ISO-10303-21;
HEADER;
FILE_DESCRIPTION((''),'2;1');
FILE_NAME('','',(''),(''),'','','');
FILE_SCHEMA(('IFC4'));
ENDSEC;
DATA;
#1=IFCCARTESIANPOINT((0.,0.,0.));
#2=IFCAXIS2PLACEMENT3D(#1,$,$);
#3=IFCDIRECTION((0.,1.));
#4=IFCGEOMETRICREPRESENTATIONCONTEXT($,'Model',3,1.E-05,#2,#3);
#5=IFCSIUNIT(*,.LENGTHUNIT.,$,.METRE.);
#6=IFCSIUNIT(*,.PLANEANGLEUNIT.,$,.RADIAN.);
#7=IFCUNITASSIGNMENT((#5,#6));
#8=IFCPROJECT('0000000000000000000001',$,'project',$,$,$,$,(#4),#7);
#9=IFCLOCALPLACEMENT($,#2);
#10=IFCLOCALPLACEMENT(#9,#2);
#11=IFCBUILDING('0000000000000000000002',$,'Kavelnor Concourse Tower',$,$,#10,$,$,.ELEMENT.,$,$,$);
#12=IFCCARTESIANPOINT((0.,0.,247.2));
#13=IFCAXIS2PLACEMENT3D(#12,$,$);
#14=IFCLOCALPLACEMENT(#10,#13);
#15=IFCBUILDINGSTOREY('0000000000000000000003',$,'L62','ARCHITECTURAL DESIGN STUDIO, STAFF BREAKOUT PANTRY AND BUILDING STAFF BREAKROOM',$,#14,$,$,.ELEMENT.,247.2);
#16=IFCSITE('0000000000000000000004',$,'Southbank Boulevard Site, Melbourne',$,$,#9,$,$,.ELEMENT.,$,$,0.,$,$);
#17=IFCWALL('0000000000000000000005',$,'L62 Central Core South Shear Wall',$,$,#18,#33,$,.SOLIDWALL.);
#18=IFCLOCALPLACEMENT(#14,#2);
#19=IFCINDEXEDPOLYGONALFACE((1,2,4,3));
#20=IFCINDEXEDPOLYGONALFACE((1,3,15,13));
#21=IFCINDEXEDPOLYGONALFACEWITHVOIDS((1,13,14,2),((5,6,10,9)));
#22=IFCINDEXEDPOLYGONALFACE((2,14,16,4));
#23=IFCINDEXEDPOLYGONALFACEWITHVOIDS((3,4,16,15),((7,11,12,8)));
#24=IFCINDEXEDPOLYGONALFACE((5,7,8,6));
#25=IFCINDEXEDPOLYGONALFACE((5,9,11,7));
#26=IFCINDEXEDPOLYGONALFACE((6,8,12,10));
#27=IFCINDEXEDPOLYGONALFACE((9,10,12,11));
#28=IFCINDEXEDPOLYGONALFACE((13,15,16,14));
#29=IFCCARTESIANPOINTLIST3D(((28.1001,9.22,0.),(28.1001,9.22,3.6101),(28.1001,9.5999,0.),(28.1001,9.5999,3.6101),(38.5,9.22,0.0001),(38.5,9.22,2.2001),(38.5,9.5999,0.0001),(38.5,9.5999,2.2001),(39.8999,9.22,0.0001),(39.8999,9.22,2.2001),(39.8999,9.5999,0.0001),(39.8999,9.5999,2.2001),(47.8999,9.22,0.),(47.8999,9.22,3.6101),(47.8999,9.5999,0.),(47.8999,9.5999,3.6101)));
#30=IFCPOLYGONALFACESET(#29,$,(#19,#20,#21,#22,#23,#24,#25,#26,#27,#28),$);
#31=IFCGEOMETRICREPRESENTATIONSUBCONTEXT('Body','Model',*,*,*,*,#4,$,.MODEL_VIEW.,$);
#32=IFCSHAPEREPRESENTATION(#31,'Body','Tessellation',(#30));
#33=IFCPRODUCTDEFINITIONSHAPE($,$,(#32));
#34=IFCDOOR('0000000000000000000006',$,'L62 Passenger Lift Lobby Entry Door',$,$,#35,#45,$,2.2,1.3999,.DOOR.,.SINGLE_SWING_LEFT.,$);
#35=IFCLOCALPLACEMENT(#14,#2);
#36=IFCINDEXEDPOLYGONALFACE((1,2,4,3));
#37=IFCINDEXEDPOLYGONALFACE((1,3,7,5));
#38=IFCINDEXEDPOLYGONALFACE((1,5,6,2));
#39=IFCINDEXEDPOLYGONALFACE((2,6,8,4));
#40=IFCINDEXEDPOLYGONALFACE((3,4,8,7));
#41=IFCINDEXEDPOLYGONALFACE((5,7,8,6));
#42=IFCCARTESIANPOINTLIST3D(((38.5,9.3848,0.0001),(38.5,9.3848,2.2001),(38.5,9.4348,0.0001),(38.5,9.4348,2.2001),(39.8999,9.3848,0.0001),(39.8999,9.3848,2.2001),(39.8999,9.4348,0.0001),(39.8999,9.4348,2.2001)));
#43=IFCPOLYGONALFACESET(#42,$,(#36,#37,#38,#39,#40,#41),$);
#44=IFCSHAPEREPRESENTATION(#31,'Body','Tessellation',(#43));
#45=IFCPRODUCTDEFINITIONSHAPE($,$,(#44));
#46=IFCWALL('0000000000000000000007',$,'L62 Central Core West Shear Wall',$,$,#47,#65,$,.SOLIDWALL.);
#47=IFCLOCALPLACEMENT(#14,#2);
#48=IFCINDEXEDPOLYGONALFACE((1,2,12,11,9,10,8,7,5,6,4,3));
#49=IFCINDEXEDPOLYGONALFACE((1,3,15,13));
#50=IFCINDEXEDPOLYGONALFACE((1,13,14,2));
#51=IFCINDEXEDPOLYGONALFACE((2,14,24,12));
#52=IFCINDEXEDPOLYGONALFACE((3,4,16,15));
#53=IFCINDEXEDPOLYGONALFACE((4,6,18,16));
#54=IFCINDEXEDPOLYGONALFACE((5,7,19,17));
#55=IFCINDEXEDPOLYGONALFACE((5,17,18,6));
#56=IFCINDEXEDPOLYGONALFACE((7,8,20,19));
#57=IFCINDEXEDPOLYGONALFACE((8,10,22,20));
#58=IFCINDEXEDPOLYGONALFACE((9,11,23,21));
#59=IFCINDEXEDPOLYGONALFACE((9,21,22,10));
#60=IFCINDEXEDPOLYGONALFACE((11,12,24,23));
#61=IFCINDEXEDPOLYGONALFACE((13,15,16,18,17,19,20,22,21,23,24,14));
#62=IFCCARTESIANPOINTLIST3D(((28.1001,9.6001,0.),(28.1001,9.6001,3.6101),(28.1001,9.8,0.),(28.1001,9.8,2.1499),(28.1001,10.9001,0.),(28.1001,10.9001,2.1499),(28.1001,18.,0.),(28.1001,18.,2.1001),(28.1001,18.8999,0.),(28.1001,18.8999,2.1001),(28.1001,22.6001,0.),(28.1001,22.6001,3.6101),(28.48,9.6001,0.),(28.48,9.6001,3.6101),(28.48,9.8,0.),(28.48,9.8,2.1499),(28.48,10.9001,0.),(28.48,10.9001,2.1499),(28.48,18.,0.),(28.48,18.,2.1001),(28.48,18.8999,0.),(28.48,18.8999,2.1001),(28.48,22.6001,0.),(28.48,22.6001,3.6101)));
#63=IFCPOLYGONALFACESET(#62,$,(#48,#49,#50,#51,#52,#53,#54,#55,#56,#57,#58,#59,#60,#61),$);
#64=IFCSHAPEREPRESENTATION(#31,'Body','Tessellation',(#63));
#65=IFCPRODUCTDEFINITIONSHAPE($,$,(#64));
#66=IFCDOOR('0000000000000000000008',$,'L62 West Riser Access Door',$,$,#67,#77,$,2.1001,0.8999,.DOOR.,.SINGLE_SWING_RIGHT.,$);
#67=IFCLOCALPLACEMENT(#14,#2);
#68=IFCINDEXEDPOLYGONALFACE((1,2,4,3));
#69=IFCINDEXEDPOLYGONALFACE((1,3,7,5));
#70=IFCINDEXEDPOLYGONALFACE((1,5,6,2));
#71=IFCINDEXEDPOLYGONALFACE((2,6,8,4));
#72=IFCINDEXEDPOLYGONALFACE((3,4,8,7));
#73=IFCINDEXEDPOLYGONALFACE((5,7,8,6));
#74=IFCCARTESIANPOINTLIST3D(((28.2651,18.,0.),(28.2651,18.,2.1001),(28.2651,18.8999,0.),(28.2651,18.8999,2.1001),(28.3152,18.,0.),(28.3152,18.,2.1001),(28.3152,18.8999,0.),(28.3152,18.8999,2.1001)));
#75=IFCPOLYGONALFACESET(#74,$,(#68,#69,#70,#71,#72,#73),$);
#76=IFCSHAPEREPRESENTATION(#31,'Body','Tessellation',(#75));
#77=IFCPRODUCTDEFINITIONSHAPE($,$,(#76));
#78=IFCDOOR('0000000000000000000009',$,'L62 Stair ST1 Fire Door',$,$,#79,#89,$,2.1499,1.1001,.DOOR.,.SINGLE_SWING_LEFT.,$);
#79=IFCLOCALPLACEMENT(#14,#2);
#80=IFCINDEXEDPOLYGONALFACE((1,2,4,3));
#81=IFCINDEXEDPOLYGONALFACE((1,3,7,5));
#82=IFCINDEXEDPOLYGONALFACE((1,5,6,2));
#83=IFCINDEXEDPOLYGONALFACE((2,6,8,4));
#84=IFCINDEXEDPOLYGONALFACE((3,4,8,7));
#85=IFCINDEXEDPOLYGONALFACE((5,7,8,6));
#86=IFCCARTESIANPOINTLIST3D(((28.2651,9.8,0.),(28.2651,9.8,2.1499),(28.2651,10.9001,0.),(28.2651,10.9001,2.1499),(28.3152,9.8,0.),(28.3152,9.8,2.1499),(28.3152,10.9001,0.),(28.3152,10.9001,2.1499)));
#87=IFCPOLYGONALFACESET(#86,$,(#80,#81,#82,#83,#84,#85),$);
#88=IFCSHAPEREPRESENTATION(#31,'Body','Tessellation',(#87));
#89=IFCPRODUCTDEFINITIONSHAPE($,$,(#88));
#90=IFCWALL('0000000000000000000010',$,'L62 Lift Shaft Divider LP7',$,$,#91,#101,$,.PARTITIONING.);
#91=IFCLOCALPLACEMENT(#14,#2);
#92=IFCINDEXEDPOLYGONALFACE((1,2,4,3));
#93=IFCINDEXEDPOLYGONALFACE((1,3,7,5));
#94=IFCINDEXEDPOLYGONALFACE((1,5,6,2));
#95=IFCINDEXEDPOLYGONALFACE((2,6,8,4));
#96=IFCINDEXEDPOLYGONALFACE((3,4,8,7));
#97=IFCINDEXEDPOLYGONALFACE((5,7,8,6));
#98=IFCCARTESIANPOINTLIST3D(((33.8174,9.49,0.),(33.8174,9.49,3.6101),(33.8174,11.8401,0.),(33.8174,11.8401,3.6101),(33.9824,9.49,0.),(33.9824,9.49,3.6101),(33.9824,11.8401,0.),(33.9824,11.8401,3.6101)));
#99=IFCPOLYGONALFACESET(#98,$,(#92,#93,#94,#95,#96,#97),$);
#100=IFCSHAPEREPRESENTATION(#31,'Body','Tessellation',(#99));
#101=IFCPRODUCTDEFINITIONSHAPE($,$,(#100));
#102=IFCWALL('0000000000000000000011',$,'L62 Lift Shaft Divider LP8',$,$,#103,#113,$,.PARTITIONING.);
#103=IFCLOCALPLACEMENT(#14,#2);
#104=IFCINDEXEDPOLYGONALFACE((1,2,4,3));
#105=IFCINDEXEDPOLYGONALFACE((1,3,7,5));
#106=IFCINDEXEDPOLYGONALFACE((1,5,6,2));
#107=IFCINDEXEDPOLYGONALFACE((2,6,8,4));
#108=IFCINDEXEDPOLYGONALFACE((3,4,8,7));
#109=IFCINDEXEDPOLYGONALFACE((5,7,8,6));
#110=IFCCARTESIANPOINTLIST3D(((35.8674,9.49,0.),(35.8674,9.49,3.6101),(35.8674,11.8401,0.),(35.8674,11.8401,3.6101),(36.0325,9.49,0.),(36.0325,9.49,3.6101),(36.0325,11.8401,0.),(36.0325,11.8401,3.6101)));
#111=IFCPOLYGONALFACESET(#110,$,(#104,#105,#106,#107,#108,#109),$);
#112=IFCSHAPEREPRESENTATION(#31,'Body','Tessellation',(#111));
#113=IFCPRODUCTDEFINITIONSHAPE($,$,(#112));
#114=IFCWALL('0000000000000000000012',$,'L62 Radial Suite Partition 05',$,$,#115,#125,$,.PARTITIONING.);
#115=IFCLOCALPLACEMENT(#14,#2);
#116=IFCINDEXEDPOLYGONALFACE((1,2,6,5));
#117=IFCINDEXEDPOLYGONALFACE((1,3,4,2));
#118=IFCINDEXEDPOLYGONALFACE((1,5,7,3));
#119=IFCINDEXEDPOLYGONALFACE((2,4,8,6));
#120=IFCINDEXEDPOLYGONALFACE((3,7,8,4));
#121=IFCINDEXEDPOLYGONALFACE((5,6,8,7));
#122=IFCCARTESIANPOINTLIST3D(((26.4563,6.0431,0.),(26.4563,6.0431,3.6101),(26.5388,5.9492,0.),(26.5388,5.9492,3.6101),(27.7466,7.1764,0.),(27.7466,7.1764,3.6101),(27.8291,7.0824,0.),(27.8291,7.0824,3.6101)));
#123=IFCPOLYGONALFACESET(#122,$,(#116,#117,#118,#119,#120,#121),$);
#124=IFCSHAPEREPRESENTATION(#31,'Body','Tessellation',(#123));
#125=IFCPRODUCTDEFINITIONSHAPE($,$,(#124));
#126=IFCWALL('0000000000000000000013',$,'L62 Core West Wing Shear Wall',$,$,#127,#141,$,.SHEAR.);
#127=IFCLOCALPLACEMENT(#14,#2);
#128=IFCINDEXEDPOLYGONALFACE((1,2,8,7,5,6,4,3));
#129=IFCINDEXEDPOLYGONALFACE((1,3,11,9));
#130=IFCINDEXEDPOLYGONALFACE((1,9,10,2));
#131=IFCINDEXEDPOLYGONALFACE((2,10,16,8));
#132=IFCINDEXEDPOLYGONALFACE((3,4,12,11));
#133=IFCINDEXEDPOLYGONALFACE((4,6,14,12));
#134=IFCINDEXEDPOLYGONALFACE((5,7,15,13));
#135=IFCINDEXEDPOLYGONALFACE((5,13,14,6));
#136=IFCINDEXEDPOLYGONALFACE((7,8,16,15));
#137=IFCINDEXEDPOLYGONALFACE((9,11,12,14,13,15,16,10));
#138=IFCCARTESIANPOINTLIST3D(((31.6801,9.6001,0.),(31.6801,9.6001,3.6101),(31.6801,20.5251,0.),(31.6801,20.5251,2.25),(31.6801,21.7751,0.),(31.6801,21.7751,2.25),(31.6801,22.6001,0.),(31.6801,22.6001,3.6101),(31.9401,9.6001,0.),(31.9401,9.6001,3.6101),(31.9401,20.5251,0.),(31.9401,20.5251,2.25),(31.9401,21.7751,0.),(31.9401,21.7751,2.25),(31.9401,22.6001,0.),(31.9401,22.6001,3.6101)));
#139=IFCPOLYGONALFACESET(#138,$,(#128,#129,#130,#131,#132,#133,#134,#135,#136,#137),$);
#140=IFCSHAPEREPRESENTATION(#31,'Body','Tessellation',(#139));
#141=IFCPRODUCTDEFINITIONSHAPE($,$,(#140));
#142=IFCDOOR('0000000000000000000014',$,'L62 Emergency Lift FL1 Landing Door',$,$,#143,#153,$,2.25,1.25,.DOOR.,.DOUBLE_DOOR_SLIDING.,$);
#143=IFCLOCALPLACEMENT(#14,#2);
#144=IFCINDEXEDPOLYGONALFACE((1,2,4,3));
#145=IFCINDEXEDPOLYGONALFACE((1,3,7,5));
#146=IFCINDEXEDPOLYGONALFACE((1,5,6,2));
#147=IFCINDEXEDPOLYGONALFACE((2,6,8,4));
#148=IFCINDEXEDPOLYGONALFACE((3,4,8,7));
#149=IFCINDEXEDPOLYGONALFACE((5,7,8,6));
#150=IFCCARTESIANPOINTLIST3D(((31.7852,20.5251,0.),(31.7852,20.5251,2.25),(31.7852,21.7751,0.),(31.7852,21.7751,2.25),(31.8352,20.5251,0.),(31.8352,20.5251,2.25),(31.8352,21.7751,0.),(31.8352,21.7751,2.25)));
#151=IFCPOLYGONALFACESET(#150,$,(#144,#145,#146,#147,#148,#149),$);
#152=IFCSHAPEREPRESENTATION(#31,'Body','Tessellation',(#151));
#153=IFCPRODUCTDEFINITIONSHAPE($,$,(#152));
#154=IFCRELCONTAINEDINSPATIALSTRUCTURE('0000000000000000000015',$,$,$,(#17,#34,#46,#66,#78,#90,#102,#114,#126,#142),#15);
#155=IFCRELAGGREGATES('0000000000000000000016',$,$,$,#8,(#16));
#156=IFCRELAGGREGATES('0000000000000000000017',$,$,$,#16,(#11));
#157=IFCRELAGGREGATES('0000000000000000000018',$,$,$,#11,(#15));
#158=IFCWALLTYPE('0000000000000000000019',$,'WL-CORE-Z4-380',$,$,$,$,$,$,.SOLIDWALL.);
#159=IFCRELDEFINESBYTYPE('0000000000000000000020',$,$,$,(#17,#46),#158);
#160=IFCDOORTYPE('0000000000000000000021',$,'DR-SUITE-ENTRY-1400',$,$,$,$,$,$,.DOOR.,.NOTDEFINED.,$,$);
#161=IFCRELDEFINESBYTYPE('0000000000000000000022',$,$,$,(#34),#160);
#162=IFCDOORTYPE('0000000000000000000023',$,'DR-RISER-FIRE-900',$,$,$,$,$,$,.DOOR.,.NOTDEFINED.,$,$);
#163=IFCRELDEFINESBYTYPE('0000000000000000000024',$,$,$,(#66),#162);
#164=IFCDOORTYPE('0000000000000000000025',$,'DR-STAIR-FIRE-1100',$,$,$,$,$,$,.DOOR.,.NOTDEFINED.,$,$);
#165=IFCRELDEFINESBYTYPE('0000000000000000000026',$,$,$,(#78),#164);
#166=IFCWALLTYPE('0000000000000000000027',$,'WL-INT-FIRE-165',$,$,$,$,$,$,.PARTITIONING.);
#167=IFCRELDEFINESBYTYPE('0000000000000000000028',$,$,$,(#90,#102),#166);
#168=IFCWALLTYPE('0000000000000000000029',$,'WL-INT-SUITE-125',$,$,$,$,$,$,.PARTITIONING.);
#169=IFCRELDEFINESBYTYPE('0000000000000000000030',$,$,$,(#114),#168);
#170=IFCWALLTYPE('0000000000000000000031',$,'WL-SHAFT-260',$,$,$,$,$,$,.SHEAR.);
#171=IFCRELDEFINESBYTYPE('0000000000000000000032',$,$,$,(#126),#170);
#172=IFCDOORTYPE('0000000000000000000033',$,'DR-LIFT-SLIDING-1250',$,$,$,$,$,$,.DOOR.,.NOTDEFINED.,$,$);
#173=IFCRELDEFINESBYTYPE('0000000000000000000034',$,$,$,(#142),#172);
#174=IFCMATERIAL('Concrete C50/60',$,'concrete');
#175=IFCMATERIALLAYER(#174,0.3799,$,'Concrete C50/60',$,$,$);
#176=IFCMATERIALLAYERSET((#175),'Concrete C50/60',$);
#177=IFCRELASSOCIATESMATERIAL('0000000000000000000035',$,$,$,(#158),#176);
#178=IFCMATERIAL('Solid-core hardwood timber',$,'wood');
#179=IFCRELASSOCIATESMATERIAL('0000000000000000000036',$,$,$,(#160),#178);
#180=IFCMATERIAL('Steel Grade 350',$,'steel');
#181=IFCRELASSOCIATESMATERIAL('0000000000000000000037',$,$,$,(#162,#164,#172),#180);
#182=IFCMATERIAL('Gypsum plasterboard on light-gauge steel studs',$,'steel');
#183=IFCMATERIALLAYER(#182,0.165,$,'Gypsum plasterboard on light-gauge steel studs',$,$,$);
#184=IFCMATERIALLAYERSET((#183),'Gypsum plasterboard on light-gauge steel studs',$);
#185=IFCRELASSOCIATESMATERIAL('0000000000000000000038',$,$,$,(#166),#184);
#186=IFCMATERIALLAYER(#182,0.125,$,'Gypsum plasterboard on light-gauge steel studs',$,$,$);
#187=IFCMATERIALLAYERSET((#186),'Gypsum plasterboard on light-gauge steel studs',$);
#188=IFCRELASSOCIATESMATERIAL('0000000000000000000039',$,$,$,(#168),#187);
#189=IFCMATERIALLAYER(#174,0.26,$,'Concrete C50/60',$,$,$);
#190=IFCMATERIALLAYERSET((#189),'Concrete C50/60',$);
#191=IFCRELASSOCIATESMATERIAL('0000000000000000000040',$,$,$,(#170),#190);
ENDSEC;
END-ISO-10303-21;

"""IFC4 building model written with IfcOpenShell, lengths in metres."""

from ifc_helpers import new_model, si_unit, direction, frame, frame_2d, origin, place, context, subcontext, project, spatial, rectangle, extrude, material, layer, layer_set, type_object, element, fill, save


model = new_model("IFC4")

# Units and contexts
model_context = context("Model", 3, precision=1e-05, world=origin(), true_north=direction((0.0, 1.0)))
body_context = subcontext(model_context, "Body", "Model", "MODEL_VIEW")
ifc_project = project(units=[si_unit("LENGTHUNIT", "METRE"), si_unit("PLANEANGLEUNIT", "RADIAN")], contexts=[model_context])

# Site, building, storey
site_placement = place(None, origin())
site = spatial("IfcSite", under=ifc_project, at=site_placement, Name="Southbank Boulevard Site, Melbourne", CompositionType="ELEMENT", RefElevation=0.0)
building_placement = place(site_placement, origin())
building = spatial("IfcBuilding", under=site, at=building_placement, Name="Kavelnor Concourse Tower", CompositionType="ELEMENT")
storey_placement = place(building_placement, frame((0.0, 0.0, 247.2)))
storey = spatial("IfcBuildingStorey", under=building, at=storey_placement, Name="L62", Description="ARCHITECTURAL DESIGN STUDIO, STAFF BREAKOUT PANTRY AND BUILDING STAFF BREAKROOM", CompositionType="ELEMENT", Elevation=247.2)

# Shared definitions
ifc_material_1 = material(Name="Steel Grade 350", Category="steel")

# Wall, opening, door
ifc_material_2 = material(Name="Concrete C50/60", Category="concrete")
ifc_layer_1 = layer(ifc_material_2, 0.3799, Name="Concrete C50/60")
ifc_layer_set_1 = layer_set([ifc_layer_1], Name="Concrete C50/60")
wall_type_1 = type_object("IfcWallType", Name="WL-CORE-Z4-380", PredefinedType="SOLIDWALL", material=ifc_layer_set_1)
wall_1_placement = place(storey_placement, frame((28.1001, 9.4099, 0.0), z_axis=(0.0, 0.0, 1.0), x_axis=(1.0, 0.0, 0.0)))
wall_1 = element("IfcWall", 1, at=wall_1_placement, inside=storey, type_object=wall_type_1, Name="L62 Central Core South Shear Wall", PredefinedType="SOLIDWALL", context=body_context, shape_type="SweptSolid", body=[
    extrude(rectangle(XDim=19.7998, YDim=0.3799, at=frame_2d((9.8999, 0.0))), origin(), (0.0, 0.0, 1.0), 3.6101),
])
opening_1_placement = place(wall_1_placement, frame((10.3999, 0.0, 0.0)))
opening_1 = element("IfcOpeningElement", 2, at=opening_1_placement, cuts=wall_1, PredefinedType="OPENING", context=body_context, shape_type="SweptSolid", body=[
    extrude(rectangle(XDim=1.3999, YDim=2.2, at=frame_2d((0.7, 1.1001))), frame((0.0, 0.2, 0.0), z_axis=(0.0, -1.0, 0.0), x_axis=(1.0, 0.0, 0.0)), (0.0, 0.0, 1.0), 0.3999),
])
ifc_material_3 = material(Name="Solid-core hardwood timber", Category="wood")
door_type_1 = type_object("IfcDoorType", Name="DR-SUITE-ENTRY-1400", OperationType="NOTDEFINED", PredefinedType="DOOR", material=ifc_material_3)
door_1_placement = place(opening_1_placement, origin())
door_1 = element("IfcDoor", 3, at=door_1_placement, inside=storey, type_object=door_type_1, Name="L62 Passenger Lift Lobby Entry Door", OperationType="SINGLE_SWING_LEFT", OverallHeight=2.2, OverallWidth=1.3999, PredefinedType="DOOR", context=body_context, shape_type="SweptSolid", body=[
    extrude(rectangle(XDim=1.3999, YDim=2.2, at=frame_2d((0.7, 1.1001))), frame((0.0, 0.0249, 0.0), z_axis=(0.0, -1.0, 0.0), x_axis=(1.0, 0.0, 0.0)), (0.0, 0.0, 1.0), 0.05),
])
fill(opening_1, door_1)

# Wall, openings, doors
wall_2_placement = place(storey_placement, frame((28.29, 9.6001, 0.0), z_axis=(0.0, 0.0, 1.0), x_axis=(0.0, 1.0, 0.0)))
wall_2 = element("IfcWall", 4, at=wall_2_placement, inside=storey, type_object=wall_type_1, Name="L62 Central Core West Shear Wall", PredefinedType="SOLIDWALL", context=body_context, shape_type="SweptSolid", body=[
    extrude(rectangle(XDim=13.0, YDim=0.3799, at=frame_2d((6.5, 0.0))), origin(), (0.0, 0.0, 1.0), 3.6101),
])
opening_2_placement = place(wall_2_placement, frame((0.2, 0.0, 0.0)))
opening_2 = element("IfcOpeningElement", 5, at=opening_2_placement, cuts=wall_2, PredefinedType="OPENING", context=body_context, shape_type="SweptSolid", body=[
    extrude(rectangle(XDim=1.1001, YDim=2.1499, at=frame_2d((0.55, 1.075))), frame((0.0, 0.2, 0.0), z_axis=(0.0, -1.0, 0.0), x_axis=(1.0, 0.0, 0.0)), (0.0, 0.0, 1.0), 0.3999),
])
opening_3_placement = place(wall_2_placement, frame((8.3999, 0.0, 0.0)))
opening_3 = element("IfcOpeningElement", 6, at=opening_3_placement, cuts=wall_2, PredefinedType="OPENING", context=body_context, shape_type="SweptSolid", body=[
    extrude(rectangle(XDim=0.8999, YDim=2.1001, at=frame_2d((0.45, 1.05))), frame((0.0, 0.2, 0.0), z_axis=(0.0, -1.0, 0.0), x_axis=(1.0, 0.0, 0.0)), (0.0, 0.0, 1.0), 0.3999),
])
door_type_2 = type_object("IfcDoorType", Name="DR-RISER-FIRE-900", OperationType="NOTDEFINED", PredefinedType="DOOR", material=ifc_material_1)
door_2_placement = place(opening_3_placement, origin())
door_2 = element("IfcDoor", 7, at=door_2_placement, inside=storey, type_object=door_type_2, Name="L62 West Riser Access Door", OperationType="SINGLE_SWING_RIGHT", OverallHeight=2.1001, OverallWidth=0.8999, PredefinedType="DOOR", context=body_context, shape_type="SweptSolid", body=[
    extrude(rectangle(XDim=0.8999, YDim=2.1001, at=frame_2d((0.45, 1.05))), frame((0.0, 0.0249, 0.0), z_axis=(0.0, -1.0, 0.0), x_axis=(1.0, 0.0, 0.0)), (0.0, 0.0, 1.0), 0.05),
])
fill(opening_3, door_2)
door_type_3 = type_object("IfcDoorType", Name="DR-STAIR-FIRE-1100", OperationType="NOTDEFINED", PredefinedType="DOOR", material=ifc_material_1)
door_3_placement = place(opening_2_placement, origin())
door_3 = element("IfcDoor", 8, at=door_3_placement, inside=storey, type_object=door_type_3, Name="L62 Stair ST1 Fire Door", OperationType="SINGLE_SWING_LEFT", OverallHeight=2.1499, OverallWidth=1.1001, PredefinedType="DOOR", context=body_context, shape_type="SweptSolid", body=[
    extrude(rectangle(XDim=1.1001, YDim=2.1499, at=frame_2d((0.55, 1.075))), frame((0.0, 0.0249, 0.0), z_axis=(0.0, -1.0, 0.0), x_axis=(1.0, 0.0, 0.0)), (0.0, 0.0, 1.0), 0.05),
])
fill(opening_2, door_3)

# Walls
ifc_material_4 = material(Name="Gypsum plasterboard on light-gauge steel studs", Category="steel")
ifc_layer_2 = layer(ifc_material_4, 0.165, Name="Gypsum plasterboard on light-gauge steel studs")
ifc_layer_set_2 = layer_set([ifc_layer_2], Name="Gypsum plasterboard on light-gauge steel studs")
wall_type_2 = type_object("IfcWallType", Name="WL-INT-FIRE-165", PredefinedType="PARTITIONING", material=ifc_layer_set_2)
for number, where, z_axis, x_axis, name in (
    (9, (33.8999, 9.49, 0.0), (0.0, 0.0, 1.0), (0.0, 1.0, 0.0), "L62 Lift Shaft Divider LP7"),
    (10, (35.95, 9.49, 0.0), (0.0, 0.0, 1.0), (0.0, 1.0, 0.0), "L62 Lift Shaft Divider LP8"),
):
    element("IfcWall", number, at=place(storey_placement, frame(where, z_axis=z_axis, x_axis=x_axis)), inside=storey, type_object=wall_type_2, Name=name, PredefinedType="PARTITIONING", context=body_context, shape_type="SweptSolid", body=[
        extrude(rectangle(XDim=2.3501, YDim=0.165, at=frame_2d((1.175, 0.0))), origin(), (0.0, 0.0, 1.0), 3.6101),
    ])
ifc_layer_3 = layer(ifc_material_4, 0.125, Name="Gypsum plasterboard on light-gauge steel studs")
ifc_layer_set_3 = layer_set([ifc_layer_3], Name="Gypsum plasterboard on light-gauge steel studs")
wall_type_3 = type_object("IfcWallType", Name="WL-INT-SUITE-125", PredefinedType="PARTITIONING", material=ifc_layer_set_3)
wall_3_placement = place(storey_placement, frame((27.7878, 7.1294, 0.0), z_axis=(0.0, 0.0, 1.0), x_axis=(-0.751334, -0.659923, 0.0)))
element("IfcWall", 11, at=wall_3_placement, inside=storey, type_object=wall_type_3, Name="L62 Radial Suite Partition 05", PredefinedType="PARTITIONING", context=body_context, shape_type="SweptSolid", body=[
    extrude(rectangle(XDim=1.7173, YDim=0.125, at=frame_2d((0.8586, 0.0))), origin(), (0.0, 0.0, 1.0), 3.6101),
])

# Wall, opening, door
ifc_layer_4 = layer(ifc_material_2, 0.26, Name="Concrete C50/60")
ifc_layer_set_4 = layer_set([ifc_layer_4], Name="Concrete C50/60")
wall_type_4 = type_object("IfcWallType", Name="WL-SHAFT-260", PredefinedType="SHEAR", material=ifc_layer_set_4)
wall_4_placement = place(storey_placement, frame((31.8101, 9.6001, 0.0), z_axis=(0.0, 0.0, 1.0), x_axis=(0.0, 1.0, 0.0)))
wall_4 = element("IfcWall", 12, at=wall_4_placement, inside=storey, type_object=wall_type_4, Name="L62 Core West Wing Shear Wall", PredefinedType="SHEAR", context=body_context, shape_type="SweptSolid", body=[
    extrude(rectangle(XDim=13.0, YDim=0.26, at=frame_2d((6.5, 0.0))), origin(), (0.0, 0.0, 1.0), 3.6101),
])
opening_4_placement = place(wall_4_placement, frame((10.925, 0.0, 0.0)))
opening_4 = element("IfcOpeningElement", 13, at=opening_4_placement, cuts=wall_4, PredefinedType="OPENING", context=body_context, shape_type="SweptSolid", body=[
    extrude(rectangle(XDim=1.25, YDim=2.25, at=frame_2d((0.625, 1.125))), frame((0.0, 0.1401, 0.0), z_axis=(0.0, -1.0, 0.0), x_axis=(1.0, 0.0, 0.0)), (0.0, 0.0, 1.0), 0.28),
])
door_type_4 = type_object("IfcDoorType", Name="DR-LIFT-SLIDING-1250", OperationType="NOTDEFINED", PredefinedType="DOOR", material=ifc_material_1)
door_4_placement = place(opening_4_placement, origin())
door_4 = element("IfcDoor", 14, at=door_4_placement, inside=storey, type_object=door_type_4, Name="L62 Emergency Lift FL1 Landing Door", OperationType="DOUBLE_DOOR_SLIDING", OverallHeight=2.25, OverallWidth=1.25, PredefinedType="DOOR", context=body_context, shape_type="SweptSolid", body=[
    extrude(rectangle(XDim=1.25, YDim=2.25, at=frame_2d((0.625, 1.125))), frame((0.0, 0.0249, 0.0), z_axis=(0.0, -1.0, 0.0), x_axis=(1.0, 0.0, 0.0)), (0.0, 0.0, 1.0), 0.05),
])
fill(opening_4, door_4)

save(model, "model.ifc")
